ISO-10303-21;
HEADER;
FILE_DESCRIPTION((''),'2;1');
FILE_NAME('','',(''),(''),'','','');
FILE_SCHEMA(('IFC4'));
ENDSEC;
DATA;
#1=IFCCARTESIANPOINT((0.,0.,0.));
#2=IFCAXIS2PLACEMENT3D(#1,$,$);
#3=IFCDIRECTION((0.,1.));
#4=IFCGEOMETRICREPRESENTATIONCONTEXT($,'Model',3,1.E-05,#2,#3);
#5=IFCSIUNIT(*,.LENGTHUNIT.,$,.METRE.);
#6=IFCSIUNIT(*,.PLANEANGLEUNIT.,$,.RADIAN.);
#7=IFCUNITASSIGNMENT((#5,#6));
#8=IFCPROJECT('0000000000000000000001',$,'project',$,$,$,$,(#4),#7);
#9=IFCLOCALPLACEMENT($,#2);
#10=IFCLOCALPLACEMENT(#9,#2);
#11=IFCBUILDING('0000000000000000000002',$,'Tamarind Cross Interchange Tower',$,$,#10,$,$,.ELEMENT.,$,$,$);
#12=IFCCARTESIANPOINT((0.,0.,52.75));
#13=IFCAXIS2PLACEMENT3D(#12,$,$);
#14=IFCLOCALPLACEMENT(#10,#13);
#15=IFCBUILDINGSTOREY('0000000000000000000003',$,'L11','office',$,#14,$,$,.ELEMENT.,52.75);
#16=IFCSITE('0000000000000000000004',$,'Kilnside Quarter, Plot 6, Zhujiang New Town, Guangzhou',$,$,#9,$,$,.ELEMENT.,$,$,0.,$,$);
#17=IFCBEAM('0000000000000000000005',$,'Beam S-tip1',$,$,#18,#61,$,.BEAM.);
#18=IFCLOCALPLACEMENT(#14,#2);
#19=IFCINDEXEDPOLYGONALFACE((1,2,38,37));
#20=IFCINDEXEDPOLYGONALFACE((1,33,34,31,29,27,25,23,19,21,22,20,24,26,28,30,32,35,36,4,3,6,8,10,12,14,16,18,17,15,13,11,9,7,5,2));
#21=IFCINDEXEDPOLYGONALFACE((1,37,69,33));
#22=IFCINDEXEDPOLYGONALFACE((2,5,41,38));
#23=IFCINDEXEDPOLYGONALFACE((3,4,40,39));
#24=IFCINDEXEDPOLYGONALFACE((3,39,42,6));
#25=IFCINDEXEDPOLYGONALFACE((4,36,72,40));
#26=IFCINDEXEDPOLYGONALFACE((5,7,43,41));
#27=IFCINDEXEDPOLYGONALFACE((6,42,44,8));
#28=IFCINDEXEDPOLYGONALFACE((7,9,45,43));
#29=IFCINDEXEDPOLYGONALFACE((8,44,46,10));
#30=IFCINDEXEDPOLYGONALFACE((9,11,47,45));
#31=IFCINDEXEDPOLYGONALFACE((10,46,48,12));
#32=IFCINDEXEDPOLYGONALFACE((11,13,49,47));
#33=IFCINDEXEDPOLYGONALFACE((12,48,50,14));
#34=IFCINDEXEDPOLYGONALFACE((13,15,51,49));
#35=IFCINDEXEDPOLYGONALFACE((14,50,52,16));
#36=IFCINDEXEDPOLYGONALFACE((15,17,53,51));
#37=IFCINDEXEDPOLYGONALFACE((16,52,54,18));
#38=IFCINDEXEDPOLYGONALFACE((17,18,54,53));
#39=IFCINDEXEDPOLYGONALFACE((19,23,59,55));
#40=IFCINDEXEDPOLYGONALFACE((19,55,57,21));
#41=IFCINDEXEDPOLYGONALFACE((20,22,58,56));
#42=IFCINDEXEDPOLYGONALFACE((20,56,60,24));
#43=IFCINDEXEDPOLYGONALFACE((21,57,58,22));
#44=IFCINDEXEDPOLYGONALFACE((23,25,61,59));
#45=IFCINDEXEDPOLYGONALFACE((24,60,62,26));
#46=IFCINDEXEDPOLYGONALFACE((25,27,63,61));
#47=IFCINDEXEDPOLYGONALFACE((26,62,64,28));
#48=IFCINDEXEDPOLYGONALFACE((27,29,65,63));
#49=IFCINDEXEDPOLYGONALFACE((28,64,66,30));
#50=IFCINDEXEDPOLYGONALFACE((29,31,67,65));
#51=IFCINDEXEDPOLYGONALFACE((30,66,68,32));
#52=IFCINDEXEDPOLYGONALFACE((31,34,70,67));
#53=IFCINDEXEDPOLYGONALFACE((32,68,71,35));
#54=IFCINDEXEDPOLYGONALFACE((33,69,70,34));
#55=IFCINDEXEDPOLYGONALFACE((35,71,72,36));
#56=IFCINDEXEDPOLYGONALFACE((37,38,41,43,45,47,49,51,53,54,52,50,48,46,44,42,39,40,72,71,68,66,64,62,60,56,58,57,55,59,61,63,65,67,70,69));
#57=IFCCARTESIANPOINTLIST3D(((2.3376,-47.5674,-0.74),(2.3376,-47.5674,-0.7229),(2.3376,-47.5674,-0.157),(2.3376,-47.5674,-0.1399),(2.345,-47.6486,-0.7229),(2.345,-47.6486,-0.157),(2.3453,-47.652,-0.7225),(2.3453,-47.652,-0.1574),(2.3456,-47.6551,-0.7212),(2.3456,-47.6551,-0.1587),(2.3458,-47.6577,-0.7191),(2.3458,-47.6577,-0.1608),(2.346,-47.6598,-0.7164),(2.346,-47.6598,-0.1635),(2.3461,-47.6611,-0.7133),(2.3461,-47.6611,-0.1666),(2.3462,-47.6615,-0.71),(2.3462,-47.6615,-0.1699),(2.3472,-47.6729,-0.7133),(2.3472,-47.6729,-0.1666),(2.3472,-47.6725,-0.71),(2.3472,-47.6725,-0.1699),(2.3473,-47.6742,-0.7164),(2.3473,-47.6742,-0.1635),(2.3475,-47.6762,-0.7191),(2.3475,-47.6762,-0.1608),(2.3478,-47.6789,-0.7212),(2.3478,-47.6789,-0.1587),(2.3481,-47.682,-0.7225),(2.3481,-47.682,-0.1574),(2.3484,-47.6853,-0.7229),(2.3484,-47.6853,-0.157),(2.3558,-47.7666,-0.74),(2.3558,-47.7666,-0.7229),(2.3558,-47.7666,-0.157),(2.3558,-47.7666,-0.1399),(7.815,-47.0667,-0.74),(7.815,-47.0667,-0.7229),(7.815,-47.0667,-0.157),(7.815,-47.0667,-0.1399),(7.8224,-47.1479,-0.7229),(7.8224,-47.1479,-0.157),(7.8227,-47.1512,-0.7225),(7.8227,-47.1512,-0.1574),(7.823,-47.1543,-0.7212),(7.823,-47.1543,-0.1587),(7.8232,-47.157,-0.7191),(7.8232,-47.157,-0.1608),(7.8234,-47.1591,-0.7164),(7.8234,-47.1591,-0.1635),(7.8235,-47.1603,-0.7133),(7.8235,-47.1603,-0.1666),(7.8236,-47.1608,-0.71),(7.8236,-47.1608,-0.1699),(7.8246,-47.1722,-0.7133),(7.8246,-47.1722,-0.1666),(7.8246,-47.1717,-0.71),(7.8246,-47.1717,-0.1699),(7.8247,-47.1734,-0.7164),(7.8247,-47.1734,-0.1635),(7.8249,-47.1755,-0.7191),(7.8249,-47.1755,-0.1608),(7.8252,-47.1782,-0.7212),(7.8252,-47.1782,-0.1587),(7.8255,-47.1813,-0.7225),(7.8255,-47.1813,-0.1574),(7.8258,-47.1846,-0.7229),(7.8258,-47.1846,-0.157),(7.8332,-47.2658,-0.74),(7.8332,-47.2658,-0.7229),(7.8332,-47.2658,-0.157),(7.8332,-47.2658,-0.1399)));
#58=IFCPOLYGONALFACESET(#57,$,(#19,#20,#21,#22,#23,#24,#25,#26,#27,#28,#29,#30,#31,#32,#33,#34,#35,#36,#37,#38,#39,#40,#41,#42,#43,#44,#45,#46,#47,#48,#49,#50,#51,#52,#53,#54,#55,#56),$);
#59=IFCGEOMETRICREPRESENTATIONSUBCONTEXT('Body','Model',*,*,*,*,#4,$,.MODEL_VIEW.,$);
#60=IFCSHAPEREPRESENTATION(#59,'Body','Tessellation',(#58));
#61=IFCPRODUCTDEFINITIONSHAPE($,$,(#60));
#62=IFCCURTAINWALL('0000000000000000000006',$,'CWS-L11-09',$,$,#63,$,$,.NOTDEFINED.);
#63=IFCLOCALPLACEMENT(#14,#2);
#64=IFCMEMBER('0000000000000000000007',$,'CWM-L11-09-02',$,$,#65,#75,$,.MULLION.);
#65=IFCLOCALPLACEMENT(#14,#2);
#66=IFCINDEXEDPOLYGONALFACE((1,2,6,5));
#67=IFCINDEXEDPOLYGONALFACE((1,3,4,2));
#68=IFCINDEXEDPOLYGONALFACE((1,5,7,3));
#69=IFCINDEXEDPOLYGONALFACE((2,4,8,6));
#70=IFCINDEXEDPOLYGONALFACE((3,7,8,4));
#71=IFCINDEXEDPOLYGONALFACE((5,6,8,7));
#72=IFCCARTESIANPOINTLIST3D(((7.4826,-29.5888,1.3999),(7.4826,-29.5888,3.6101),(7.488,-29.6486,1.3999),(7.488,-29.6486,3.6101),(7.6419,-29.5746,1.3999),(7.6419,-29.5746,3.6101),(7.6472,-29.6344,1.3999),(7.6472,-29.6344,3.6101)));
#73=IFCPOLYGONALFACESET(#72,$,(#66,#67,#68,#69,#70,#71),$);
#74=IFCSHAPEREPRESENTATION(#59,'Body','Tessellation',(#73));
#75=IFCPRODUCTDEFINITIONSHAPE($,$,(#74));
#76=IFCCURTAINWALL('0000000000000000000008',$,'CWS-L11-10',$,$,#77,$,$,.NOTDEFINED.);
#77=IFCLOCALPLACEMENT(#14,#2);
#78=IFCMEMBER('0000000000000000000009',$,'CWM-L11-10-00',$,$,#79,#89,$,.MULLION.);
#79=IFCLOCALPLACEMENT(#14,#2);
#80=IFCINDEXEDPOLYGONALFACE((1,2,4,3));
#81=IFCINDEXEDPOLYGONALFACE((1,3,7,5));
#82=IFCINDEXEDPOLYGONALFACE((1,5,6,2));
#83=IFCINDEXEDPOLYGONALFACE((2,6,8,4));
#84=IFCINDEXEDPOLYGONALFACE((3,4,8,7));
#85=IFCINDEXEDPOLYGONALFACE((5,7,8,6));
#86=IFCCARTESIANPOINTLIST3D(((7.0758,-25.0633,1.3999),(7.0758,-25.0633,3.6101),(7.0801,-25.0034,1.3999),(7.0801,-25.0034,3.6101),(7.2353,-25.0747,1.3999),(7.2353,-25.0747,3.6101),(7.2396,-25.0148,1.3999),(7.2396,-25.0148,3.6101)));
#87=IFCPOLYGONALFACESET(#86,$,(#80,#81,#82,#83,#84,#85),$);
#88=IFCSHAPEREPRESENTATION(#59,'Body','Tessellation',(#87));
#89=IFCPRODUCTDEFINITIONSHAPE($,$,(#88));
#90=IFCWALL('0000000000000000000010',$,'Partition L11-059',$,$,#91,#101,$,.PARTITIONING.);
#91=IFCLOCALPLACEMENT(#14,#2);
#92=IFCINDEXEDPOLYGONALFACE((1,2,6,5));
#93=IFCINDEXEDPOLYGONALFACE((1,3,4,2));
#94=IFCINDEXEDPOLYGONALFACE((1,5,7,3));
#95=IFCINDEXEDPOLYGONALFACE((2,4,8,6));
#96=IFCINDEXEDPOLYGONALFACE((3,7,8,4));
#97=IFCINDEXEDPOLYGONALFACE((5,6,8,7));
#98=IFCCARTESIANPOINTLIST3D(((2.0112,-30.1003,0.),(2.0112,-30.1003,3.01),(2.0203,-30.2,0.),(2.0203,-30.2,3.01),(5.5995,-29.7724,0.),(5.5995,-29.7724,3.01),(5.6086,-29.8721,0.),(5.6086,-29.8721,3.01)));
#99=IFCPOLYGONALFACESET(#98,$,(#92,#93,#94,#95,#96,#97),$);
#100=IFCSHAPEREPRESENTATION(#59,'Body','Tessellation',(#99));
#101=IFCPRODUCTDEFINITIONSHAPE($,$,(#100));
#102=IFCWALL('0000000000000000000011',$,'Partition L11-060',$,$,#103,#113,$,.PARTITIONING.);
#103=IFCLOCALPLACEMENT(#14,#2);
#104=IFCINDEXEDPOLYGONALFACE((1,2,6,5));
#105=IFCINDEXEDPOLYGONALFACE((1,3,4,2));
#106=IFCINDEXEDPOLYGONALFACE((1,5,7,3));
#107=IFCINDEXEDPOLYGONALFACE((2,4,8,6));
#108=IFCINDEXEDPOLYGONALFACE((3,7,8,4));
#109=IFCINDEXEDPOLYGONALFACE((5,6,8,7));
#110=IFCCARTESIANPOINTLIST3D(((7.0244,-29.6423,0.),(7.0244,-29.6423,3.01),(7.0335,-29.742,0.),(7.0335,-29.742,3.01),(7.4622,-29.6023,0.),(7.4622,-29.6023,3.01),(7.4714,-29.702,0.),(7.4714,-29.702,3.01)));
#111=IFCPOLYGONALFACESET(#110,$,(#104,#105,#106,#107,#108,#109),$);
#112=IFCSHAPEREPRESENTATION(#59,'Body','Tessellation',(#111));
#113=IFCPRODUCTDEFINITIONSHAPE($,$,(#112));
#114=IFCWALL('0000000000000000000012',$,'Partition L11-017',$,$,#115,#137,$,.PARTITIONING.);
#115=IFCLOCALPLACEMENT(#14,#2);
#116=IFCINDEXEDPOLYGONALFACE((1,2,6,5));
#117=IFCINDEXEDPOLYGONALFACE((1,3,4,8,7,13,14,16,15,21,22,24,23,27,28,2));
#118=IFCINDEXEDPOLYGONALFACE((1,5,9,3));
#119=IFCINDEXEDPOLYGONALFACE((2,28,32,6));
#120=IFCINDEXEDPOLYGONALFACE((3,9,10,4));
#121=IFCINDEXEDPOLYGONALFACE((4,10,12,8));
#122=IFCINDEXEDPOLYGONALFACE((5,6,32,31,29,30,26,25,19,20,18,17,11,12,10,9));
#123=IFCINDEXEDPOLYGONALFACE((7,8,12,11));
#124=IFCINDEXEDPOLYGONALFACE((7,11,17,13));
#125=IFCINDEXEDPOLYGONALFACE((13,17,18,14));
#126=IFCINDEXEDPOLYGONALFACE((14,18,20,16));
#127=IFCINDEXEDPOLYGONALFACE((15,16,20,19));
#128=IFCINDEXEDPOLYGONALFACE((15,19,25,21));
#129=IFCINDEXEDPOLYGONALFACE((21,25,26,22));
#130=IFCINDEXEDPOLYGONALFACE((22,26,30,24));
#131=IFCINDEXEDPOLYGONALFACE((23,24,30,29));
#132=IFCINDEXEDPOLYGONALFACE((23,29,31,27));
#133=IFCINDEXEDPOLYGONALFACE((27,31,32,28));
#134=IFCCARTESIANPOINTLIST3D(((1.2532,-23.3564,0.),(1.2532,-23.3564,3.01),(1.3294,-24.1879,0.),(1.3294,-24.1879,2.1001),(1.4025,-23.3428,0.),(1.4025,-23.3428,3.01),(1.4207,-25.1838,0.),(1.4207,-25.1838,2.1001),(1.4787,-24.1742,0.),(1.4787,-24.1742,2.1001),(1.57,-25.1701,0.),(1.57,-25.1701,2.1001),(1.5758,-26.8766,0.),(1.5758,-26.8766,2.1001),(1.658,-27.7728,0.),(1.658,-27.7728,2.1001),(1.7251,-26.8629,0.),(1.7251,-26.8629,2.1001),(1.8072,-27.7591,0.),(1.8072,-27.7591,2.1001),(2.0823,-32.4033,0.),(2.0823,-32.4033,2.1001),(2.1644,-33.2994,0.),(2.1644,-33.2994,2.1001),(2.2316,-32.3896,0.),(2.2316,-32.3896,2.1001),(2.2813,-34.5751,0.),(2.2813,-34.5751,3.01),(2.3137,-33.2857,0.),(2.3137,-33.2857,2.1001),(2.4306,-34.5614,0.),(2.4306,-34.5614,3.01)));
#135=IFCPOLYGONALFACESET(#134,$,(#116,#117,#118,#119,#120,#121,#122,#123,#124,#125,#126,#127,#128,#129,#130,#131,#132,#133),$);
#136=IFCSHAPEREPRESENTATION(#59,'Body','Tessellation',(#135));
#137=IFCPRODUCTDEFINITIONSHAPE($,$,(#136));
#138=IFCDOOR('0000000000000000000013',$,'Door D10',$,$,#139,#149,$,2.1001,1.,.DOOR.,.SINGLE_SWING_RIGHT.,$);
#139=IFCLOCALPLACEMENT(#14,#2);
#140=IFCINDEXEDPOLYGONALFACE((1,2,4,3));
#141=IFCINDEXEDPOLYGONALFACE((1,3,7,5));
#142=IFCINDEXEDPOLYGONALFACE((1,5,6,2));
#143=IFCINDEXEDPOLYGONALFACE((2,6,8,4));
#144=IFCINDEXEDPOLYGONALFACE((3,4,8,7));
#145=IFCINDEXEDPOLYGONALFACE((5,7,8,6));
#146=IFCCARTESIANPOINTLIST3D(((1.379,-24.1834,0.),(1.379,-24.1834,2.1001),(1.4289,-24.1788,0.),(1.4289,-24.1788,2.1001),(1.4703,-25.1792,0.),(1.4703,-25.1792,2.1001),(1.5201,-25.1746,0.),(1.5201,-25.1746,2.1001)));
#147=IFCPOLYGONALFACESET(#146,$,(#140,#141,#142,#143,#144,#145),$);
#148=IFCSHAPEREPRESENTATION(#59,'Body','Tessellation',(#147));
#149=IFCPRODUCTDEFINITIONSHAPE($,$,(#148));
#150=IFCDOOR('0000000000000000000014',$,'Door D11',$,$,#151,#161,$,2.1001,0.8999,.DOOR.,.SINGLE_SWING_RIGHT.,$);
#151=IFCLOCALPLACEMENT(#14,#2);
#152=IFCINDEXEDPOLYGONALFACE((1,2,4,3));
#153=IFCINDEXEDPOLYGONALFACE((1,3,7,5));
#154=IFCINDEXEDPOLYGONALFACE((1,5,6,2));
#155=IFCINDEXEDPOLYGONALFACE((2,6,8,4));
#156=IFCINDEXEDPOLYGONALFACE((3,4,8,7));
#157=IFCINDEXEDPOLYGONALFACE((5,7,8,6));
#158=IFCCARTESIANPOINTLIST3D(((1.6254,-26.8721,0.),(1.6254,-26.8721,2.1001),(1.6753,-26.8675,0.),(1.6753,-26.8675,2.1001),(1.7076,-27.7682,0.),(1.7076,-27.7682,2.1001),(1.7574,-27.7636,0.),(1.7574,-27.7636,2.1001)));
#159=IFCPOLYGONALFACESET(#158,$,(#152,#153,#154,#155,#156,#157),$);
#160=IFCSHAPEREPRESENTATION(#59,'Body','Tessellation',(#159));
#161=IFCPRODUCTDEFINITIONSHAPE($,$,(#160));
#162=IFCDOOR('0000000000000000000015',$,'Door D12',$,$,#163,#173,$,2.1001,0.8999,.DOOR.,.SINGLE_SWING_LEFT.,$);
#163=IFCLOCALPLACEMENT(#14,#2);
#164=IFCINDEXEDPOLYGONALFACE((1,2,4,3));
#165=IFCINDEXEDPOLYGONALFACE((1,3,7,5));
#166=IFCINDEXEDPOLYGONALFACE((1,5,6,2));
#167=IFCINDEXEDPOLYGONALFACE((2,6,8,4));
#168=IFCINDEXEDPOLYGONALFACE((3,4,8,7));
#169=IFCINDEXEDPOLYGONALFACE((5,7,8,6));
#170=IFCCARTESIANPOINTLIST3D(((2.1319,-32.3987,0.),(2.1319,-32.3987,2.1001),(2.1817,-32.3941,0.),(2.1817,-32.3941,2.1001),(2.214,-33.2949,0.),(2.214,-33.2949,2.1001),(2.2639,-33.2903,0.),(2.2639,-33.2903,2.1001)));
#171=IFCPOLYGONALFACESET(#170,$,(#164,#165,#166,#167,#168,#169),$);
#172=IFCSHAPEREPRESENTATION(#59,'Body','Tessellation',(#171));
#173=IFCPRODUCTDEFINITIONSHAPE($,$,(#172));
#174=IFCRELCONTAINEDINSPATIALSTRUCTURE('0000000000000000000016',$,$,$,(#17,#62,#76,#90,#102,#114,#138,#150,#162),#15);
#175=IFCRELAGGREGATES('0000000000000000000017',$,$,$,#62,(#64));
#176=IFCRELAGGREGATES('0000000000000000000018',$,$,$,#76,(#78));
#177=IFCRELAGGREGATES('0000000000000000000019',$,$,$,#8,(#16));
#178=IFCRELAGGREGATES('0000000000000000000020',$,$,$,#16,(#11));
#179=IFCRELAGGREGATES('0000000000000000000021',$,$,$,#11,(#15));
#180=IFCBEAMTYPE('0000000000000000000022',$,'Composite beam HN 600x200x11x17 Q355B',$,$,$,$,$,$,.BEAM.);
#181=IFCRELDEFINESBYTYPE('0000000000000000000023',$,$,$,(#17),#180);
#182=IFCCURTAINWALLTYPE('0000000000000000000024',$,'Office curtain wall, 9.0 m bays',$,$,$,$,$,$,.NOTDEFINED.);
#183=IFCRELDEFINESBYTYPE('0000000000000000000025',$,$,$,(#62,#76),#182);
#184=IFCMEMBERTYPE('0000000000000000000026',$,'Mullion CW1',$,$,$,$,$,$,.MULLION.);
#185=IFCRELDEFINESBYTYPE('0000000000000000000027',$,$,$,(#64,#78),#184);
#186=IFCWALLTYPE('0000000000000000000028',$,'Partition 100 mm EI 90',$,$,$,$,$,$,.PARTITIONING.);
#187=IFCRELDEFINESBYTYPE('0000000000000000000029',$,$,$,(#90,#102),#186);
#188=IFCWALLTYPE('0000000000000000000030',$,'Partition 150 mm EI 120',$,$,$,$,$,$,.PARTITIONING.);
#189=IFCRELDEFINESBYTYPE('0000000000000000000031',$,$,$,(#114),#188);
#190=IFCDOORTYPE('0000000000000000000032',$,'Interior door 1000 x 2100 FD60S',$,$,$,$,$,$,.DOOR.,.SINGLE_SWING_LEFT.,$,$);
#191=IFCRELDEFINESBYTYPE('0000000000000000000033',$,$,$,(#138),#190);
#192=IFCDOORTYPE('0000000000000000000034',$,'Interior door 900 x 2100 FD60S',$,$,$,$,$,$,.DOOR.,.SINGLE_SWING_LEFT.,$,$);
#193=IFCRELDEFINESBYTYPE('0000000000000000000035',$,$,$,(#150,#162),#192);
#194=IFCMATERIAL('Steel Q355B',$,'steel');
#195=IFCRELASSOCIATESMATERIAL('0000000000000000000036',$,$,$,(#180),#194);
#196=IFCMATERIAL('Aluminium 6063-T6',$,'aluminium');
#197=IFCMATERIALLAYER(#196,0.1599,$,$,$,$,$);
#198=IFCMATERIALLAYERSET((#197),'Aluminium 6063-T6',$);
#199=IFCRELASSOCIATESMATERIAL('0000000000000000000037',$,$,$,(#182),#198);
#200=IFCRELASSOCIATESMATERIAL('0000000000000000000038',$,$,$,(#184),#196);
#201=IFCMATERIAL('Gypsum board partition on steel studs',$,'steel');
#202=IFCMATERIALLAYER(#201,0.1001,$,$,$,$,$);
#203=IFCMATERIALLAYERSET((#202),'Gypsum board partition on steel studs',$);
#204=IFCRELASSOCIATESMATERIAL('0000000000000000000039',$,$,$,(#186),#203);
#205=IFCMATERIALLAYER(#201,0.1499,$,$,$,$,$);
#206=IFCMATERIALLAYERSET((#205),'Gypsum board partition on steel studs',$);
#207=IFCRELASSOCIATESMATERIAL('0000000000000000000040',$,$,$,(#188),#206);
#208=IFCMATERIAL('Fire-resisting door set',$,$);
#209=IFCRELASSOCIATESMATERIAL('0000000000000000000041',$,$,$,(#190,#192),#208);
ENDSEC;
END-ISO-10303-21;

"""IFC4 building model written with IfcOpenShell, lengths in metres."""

from ifc_helpers import new_model, si_unit, direction, frame, frame_2d, origin, origin_2d, place, context, subcontext, project, spatial, rectangle, i_section, extrude, material, layer, layer_set, material_profile, profile_set, type_object, element, fill, aggregate, save


model = new_model("IFC4")

# Units and contexts
model_context = context("Model", 3, precision=1e-05, world=origin(), true_north=direction((0.0, 1.0)))
body_context = subcontext(model_context, "Body", "Model", "MODEL_VIEW")
ifc_project = project(units=[si_unit("LENGTHUNIT", "METRE"), si_unit("PLANEANGLEUNIT", "RADIAN")], contexts=[model_context])

# Site, building, storey
site_placement = place(None, origin())
site = spatial("IfcSite", under=ifc_project, at=site_placement, Name="Kilnside Quarter, Plot 6, Zhujiang New Town, Guangzhou", CompositionType="ELEMENT", RefElevation=0.0)
building_placement = place(site_placement, origin())
building = spatial("IfcBuilding", under=site, at=building_placement, Name="Tamarind Cross Interchange Tower", CompositionType="ELEMENT")
storey_placement = place(building_placement, frame((0.0, 0.0, 52.75)))
storey = spatial("IfcBuildingStorey", under=building, at=storey_placement, Name="L11", Description="office", CompositionType="ELEMENT", Elevation=52.75)

# Beam
ifc_material_1 = material(Name="Steel Q355B", Category="steel")
ifc_material_profile_1 = material_profile(ifc_material_1, i_section(OverallWidth=0.2, OverallDepth=0.6001, WebThickness=0.011, FlangeThickness=0.0171, FilletRadius=0.0129, at=origin_2d()), Name="HN 600x200x11x17")
ifc_profile_set_1 = profile_set([ifc_material_profile_1], Name="Steel Q355B")
beam_type_1 = type_object("IfcBeamType", Name="Composite beam HN 600x200x11x17 Q355B", PredefinedType="BEAM", material=ifc_profile_set_1)
beam_1_placement = place(storey_placement, frame((2.3467, -47.667, -0.4399), z_axis=(0.995847, 0.09104, 0.0), x_axis=(-0.09104, 0.995847, 0.0)))
element("IfcBeam", 1, at=beam_1_placement, inside=storey, type_object=beam_type_1, Name="Beam S-tip1", PredefinedType="BEAM", context=body_context, shape_type="SweptSolid", body=[
    extrude(i_section(OverallWidth=0.2, OverallDepth=0.6001, WebThickness=0.011, FlangeThickness=0.0171, FilletRadius=0.0129, at=origin_2d()), origin(), (0.0, 0.0, 1.0), 5.5002),
])

# Curtain walls, members
ifc_material_2 = material(Name="Aluminium 6063-T6", Category="aluminium")
ifc_layer_1 = layer(ifc_material_2, 0.1599)
ifc_layer_set_1 = layer_set([ifc_layer_1], Name="Aluminium 6063-T6")
curtain_wall_type = type_object("IfcCurtainWallType", Name="Office curtain wall, 9.0 m bays", PredefinedType="NOTDEFINED", material=ifc_layer_set_1)
curtain_wall_1_placement = place(storey_placement, origin())
curtain_wall_1 = element("IfcCurtainWall", 2, at=curtain_wall_1_placement, inside=storey, type_object=curtain_wall_type, Name="CWS-L11-09", PredefinedType="NOTDEFINED")
ifc_material_profile_2 = material_profile(ifc_material_2, rectangle(XDim=0.0601, YDim=0.1599, at=origin_2d()), Name="Mullion CW1")
ifc_profile_set_2 = profile_set([ifc_material_profile_2], Name="Aluminium 6063-T6")
member_type = type_object("IfcMemberType", Name="Mullion CW1", PredefinedType="MULLION", material=ifc_profile_set_2)
member_1_placement = place(storey_placement, frame((7.5649, -29.6116, 1.3999), z_axis=(0.0, 0.0, 1.0), x_axis=(-0.088684, 0.99606, 0.0)))
member_1 = element("IfcMember", 3, at=member_1_placement, type_object=member_type, Name="CWM-L11-09-02", PredefinedType="MULLION", context=body_context, shape_type="SweptSolid", body=[
    extrude(rectangle(XDim=0.0601, YDim=0.1599, at=origin_2d()), origin(), (0.0, 0.0, 1.0), 2.2102),
])
aggregate(curtain_wall_1, [member_1])
curtain_wall_2_placement = place(storey_placement, origin())
curtain_wall_2 = element("IfcCurtainWall", 4, at=curtain_wall_2_placement, inside=storey, type_object=curtain_wall_type, Name="CWS-L11-10", PredefinedType="NOTDEFINED")
member_2_placement = place(storey_placement, frame((7.1577, -25.0391, 1.3999), z_axis=(0.0, 0.0, 1.0), x_axis=(0.071194, 0.997462, 0.0)))
member_2 = element("IfcMember", 5, at=member_2_placement, type_object=member_type, Name="CWM-L11-10-00", PredefinedType="MULLION", context=body_context, shape_type="SweptSolid", body=[
    extrude(rectangle(XDim=0.0601, YDim=0.1599, at=origin_2d()), origin(), (0.0, 0.0, 1.0), 2.2102),
])
aggregate(curtain_wall_2, [member_2])

# Walls
ifc_material_3 = material(Name="Gypsum board partition on steel studs", Category="steel")
ifc_layer_2 = layer(ifc_material_3, 0.1001)
ifc_layer_set_2 = layer_set([ifc_layer_2], Name="Gypsum board partition on steel studs")
wall_type_1 = type_object("IfcWallType", Name="Partition 100 mm EI 90", PredefinedType="PARTITIONING", material=ifc_layer_set_2)
wall_1_placement = place(storey_placement, frame((2.0156, -30.1501, 0.0), z_axis=(0.0, 0.0, 1.0), x_axis=(0.995851, 0.090994, 0.0)))
element("IfcWall", 6, at=wall_1_placement, inside=storey, type_object=wall_type_1, Name="Partition L11-059", PredefinedType="PARTITIONING", context=body_context, shape_type="SweptSolid", body=[
    extrude(rectangle(XDim=3.6033, YDim=0.1001, at=frame_2d((1.8018, 0.0))), origin(), (0.0, 0.0, 1.0), 3.01),
])
wall_2_placement = place(storey_placement, frame((7.0291, -29.6921, 0.0), z_axis=(0.0, 0.0, 1.0), x_axis=(0.995848, 0.091036, 0.0)))
element("IfcWall", 7, at=wall_2_placement, inside=storey, type_object=wall_type_1, Name="Partition L11-060", PredefinedType="PARTITIONING", context=body_context, shape_type="SweptSolid", body=[
    extrude(rectangle(XDim=0.4397, YDim=0.1001, at=frame_2d((0.2197, 0.0))), origin(), (0.0, 0.0, 1.0), 3.01),
])

# Wall, openings, doors
ifc_layer_3 = layer(ifc_material_3, 0.1499)
ifc_layer_set_3 = layer_set([ifc_layer_3], Name="Gypsum board partition on steel studs")
wall_type_2 = type_object("IfcWallType", Name="Partition 150 mm EI 120", PredefinedType="PARTITIONING", material=ifc_layer_set_3)
wall_3_placement = place(storey_placement, frame((1.3279, -23.3496, 0.0), z_axis=(0.0, 0.0, 1.0), x_axis=(0.091259, -0.995827, 0.0)))
wall_3 = element("IfcWall", 8, at=wall_3_placement, inside=storey, type_object=wall_type_2, Name="Partition L11-017", PredefinedType="PARTITIONING", context=body_context, shape_type="SweptSolid", body=[
    extrude(rectangle(XDim=11.2656, YDim=0.1499, at=frame_2d((5.6328, 0.0))), origin(), (0.0, 0.0, 1.0), 3.01),
])
opening_1_placement = place(wall_3_placement, frame((0.835, 0.0, 0.0)))
opening_1 = element("IfcOpeningElement", 9, at=opening_1_placement, cuts=wall_3, PredefinedType="OPENING", context=body_context, shape_type="SweptSolid", body=[
    extrude(rectangle(XDim=1.0, YDim=2.1001, at=frame_2d((0.5, 1.05))), frame((0.0, 0.085, 0.0), z_axis=(0.0, -1.0, 0.0), x_axis=(1.0, 0.0, 0.0)), (0.0, 0.0, 1.0), 0.1699),
])
opening_2_placement = place(wall_3_placement, frame((3.5349, 0.0, 0.0)))
opening_2 = element("IfcOpeningElement", 10, at=opening_2_placement, cuts=wall_3, PredefinedType="OPENING", context=body_context, shape_type="SweptSolid", body=[
    extrude(rectangle(XDim=0.8999, YDim=2.1001, at=frame_2d((0.45, 1.05))), frame((0.0, 0.085, 0.0), z_axis=(0.0, -1.0, 0.0), x_axis=(1.0, 0.0, 0.0)), (0.0, 0.0, 1.0), 0.1699),
])
opening_3_placement = place(wall_3_placement, frame((9.0847, 0.0, 0.0)))
opening_3 = element("IfcOpeningElement", 11, at=opening_3_placement, cuts=wall_3, PredefinedType="OPENING", context=body_context, shape_type="SweptSolid", body=[
    extrude(rectangle(XDim=0.8999, YDim=2.1001, at=frame_2d((0.45, 1.05))), frame((0.0, 0.085, 0.0), z_axis=(0.0, -1.0, 0.0), x_axis=(1.0, 0.0, 0.0)), (0.0, 0.0, 1.0), 0.1699),
])
ifc_material_4 = material(Name="Fire-resisting door set")
door_type_1 = type_object("IfcDoorType", Name="Interior door 1000 x 2100 FD60S", OperationType="SINGLE_SWING_LEFT", PredefinedType="DOOR", material=ifc_material_4)
door_1_placement = place(opening_1_placement, origin())
door_1 = element("IfcDoor", 12, at=door_1_placement, inside=storey, type_object=door_type_1, Name="Door D10", OperationType="SINGLE_SWING_RIGHT", OverallHeight=2.1001, OverallWidth=1.0, PredefinedType="DOOR", context=body_context, shape_type="SweptSolid", body=[
    extrude(rectangle(XDim=1.0, YDim=2.1001, at=frame_2d((0.5, 1.05))), frame((0.0, 0.0249, 0.0), z_axis=(0.0, -1.0, 0.0), x_axis=(1.0, 0.0, 0.0)), (0.0, 0.0, 1.0), 0.05),
])
fill(opening_1, door_1)
door_type_2 = type_object("IfcDoorType", Name="Interior door 900 x 2100 FD60S", OperationType="SINGLE_SWING_LEFT", PredefinedType="DOOR", material=ifc_material_4)
door_2_placement = place(opening_2_placement, origin())
door_2 = element("IfcDoor", 13, at=door_2_placement, inside=storey, type_object=door_type_2, Name="Door D11", OperationType="SINGLE_SWING_RIGHT", OverallHeight=2.1001, OverallWidth=0.8999, PredefinedType="DOOR", context=body_context, shape_type="SweptSolid", body=[
    extrude(rectangle(XDim=0.8999, YDim=2.1001, at=frame_2d((0.45, 1.05))), frame((0.0, 0.0249, 0.0), z_axis=(0.0, -1.0, 0.0), x_axis=(1.0, 0.0, 0.0)), (0.0, 0.0, 1.0), 0.05),
])
fill(opening_2, door_2)
door_3_placement = place(opening_3_placement, origin())
door_3 = element("IfcDoor", 14, at=door_3_placement, inside=storey, type_object=door_type_2, Name="Door D12", OperationType="SINGLE_SWING_LEFT", OverallHeight=2.1001, OverallWidth=0.8999, PredefinedType="DOOR", context=body_context, shape_type="SweptSolid", body=[
    extrude(rectangle(XDim=0.8999, YDim=2.1001, at=frame_2d((0.45, 1.05))), frame((0.0, 0.0249, 0.0), z_axis=(0.0, -1.0, 0.0), x_axis=(1.0, 0.0, 0.0)), (0.0, 0.0, 1.0), 0.05),
])
fill(opening_3, door_3)

save(model, "model.ifc")
